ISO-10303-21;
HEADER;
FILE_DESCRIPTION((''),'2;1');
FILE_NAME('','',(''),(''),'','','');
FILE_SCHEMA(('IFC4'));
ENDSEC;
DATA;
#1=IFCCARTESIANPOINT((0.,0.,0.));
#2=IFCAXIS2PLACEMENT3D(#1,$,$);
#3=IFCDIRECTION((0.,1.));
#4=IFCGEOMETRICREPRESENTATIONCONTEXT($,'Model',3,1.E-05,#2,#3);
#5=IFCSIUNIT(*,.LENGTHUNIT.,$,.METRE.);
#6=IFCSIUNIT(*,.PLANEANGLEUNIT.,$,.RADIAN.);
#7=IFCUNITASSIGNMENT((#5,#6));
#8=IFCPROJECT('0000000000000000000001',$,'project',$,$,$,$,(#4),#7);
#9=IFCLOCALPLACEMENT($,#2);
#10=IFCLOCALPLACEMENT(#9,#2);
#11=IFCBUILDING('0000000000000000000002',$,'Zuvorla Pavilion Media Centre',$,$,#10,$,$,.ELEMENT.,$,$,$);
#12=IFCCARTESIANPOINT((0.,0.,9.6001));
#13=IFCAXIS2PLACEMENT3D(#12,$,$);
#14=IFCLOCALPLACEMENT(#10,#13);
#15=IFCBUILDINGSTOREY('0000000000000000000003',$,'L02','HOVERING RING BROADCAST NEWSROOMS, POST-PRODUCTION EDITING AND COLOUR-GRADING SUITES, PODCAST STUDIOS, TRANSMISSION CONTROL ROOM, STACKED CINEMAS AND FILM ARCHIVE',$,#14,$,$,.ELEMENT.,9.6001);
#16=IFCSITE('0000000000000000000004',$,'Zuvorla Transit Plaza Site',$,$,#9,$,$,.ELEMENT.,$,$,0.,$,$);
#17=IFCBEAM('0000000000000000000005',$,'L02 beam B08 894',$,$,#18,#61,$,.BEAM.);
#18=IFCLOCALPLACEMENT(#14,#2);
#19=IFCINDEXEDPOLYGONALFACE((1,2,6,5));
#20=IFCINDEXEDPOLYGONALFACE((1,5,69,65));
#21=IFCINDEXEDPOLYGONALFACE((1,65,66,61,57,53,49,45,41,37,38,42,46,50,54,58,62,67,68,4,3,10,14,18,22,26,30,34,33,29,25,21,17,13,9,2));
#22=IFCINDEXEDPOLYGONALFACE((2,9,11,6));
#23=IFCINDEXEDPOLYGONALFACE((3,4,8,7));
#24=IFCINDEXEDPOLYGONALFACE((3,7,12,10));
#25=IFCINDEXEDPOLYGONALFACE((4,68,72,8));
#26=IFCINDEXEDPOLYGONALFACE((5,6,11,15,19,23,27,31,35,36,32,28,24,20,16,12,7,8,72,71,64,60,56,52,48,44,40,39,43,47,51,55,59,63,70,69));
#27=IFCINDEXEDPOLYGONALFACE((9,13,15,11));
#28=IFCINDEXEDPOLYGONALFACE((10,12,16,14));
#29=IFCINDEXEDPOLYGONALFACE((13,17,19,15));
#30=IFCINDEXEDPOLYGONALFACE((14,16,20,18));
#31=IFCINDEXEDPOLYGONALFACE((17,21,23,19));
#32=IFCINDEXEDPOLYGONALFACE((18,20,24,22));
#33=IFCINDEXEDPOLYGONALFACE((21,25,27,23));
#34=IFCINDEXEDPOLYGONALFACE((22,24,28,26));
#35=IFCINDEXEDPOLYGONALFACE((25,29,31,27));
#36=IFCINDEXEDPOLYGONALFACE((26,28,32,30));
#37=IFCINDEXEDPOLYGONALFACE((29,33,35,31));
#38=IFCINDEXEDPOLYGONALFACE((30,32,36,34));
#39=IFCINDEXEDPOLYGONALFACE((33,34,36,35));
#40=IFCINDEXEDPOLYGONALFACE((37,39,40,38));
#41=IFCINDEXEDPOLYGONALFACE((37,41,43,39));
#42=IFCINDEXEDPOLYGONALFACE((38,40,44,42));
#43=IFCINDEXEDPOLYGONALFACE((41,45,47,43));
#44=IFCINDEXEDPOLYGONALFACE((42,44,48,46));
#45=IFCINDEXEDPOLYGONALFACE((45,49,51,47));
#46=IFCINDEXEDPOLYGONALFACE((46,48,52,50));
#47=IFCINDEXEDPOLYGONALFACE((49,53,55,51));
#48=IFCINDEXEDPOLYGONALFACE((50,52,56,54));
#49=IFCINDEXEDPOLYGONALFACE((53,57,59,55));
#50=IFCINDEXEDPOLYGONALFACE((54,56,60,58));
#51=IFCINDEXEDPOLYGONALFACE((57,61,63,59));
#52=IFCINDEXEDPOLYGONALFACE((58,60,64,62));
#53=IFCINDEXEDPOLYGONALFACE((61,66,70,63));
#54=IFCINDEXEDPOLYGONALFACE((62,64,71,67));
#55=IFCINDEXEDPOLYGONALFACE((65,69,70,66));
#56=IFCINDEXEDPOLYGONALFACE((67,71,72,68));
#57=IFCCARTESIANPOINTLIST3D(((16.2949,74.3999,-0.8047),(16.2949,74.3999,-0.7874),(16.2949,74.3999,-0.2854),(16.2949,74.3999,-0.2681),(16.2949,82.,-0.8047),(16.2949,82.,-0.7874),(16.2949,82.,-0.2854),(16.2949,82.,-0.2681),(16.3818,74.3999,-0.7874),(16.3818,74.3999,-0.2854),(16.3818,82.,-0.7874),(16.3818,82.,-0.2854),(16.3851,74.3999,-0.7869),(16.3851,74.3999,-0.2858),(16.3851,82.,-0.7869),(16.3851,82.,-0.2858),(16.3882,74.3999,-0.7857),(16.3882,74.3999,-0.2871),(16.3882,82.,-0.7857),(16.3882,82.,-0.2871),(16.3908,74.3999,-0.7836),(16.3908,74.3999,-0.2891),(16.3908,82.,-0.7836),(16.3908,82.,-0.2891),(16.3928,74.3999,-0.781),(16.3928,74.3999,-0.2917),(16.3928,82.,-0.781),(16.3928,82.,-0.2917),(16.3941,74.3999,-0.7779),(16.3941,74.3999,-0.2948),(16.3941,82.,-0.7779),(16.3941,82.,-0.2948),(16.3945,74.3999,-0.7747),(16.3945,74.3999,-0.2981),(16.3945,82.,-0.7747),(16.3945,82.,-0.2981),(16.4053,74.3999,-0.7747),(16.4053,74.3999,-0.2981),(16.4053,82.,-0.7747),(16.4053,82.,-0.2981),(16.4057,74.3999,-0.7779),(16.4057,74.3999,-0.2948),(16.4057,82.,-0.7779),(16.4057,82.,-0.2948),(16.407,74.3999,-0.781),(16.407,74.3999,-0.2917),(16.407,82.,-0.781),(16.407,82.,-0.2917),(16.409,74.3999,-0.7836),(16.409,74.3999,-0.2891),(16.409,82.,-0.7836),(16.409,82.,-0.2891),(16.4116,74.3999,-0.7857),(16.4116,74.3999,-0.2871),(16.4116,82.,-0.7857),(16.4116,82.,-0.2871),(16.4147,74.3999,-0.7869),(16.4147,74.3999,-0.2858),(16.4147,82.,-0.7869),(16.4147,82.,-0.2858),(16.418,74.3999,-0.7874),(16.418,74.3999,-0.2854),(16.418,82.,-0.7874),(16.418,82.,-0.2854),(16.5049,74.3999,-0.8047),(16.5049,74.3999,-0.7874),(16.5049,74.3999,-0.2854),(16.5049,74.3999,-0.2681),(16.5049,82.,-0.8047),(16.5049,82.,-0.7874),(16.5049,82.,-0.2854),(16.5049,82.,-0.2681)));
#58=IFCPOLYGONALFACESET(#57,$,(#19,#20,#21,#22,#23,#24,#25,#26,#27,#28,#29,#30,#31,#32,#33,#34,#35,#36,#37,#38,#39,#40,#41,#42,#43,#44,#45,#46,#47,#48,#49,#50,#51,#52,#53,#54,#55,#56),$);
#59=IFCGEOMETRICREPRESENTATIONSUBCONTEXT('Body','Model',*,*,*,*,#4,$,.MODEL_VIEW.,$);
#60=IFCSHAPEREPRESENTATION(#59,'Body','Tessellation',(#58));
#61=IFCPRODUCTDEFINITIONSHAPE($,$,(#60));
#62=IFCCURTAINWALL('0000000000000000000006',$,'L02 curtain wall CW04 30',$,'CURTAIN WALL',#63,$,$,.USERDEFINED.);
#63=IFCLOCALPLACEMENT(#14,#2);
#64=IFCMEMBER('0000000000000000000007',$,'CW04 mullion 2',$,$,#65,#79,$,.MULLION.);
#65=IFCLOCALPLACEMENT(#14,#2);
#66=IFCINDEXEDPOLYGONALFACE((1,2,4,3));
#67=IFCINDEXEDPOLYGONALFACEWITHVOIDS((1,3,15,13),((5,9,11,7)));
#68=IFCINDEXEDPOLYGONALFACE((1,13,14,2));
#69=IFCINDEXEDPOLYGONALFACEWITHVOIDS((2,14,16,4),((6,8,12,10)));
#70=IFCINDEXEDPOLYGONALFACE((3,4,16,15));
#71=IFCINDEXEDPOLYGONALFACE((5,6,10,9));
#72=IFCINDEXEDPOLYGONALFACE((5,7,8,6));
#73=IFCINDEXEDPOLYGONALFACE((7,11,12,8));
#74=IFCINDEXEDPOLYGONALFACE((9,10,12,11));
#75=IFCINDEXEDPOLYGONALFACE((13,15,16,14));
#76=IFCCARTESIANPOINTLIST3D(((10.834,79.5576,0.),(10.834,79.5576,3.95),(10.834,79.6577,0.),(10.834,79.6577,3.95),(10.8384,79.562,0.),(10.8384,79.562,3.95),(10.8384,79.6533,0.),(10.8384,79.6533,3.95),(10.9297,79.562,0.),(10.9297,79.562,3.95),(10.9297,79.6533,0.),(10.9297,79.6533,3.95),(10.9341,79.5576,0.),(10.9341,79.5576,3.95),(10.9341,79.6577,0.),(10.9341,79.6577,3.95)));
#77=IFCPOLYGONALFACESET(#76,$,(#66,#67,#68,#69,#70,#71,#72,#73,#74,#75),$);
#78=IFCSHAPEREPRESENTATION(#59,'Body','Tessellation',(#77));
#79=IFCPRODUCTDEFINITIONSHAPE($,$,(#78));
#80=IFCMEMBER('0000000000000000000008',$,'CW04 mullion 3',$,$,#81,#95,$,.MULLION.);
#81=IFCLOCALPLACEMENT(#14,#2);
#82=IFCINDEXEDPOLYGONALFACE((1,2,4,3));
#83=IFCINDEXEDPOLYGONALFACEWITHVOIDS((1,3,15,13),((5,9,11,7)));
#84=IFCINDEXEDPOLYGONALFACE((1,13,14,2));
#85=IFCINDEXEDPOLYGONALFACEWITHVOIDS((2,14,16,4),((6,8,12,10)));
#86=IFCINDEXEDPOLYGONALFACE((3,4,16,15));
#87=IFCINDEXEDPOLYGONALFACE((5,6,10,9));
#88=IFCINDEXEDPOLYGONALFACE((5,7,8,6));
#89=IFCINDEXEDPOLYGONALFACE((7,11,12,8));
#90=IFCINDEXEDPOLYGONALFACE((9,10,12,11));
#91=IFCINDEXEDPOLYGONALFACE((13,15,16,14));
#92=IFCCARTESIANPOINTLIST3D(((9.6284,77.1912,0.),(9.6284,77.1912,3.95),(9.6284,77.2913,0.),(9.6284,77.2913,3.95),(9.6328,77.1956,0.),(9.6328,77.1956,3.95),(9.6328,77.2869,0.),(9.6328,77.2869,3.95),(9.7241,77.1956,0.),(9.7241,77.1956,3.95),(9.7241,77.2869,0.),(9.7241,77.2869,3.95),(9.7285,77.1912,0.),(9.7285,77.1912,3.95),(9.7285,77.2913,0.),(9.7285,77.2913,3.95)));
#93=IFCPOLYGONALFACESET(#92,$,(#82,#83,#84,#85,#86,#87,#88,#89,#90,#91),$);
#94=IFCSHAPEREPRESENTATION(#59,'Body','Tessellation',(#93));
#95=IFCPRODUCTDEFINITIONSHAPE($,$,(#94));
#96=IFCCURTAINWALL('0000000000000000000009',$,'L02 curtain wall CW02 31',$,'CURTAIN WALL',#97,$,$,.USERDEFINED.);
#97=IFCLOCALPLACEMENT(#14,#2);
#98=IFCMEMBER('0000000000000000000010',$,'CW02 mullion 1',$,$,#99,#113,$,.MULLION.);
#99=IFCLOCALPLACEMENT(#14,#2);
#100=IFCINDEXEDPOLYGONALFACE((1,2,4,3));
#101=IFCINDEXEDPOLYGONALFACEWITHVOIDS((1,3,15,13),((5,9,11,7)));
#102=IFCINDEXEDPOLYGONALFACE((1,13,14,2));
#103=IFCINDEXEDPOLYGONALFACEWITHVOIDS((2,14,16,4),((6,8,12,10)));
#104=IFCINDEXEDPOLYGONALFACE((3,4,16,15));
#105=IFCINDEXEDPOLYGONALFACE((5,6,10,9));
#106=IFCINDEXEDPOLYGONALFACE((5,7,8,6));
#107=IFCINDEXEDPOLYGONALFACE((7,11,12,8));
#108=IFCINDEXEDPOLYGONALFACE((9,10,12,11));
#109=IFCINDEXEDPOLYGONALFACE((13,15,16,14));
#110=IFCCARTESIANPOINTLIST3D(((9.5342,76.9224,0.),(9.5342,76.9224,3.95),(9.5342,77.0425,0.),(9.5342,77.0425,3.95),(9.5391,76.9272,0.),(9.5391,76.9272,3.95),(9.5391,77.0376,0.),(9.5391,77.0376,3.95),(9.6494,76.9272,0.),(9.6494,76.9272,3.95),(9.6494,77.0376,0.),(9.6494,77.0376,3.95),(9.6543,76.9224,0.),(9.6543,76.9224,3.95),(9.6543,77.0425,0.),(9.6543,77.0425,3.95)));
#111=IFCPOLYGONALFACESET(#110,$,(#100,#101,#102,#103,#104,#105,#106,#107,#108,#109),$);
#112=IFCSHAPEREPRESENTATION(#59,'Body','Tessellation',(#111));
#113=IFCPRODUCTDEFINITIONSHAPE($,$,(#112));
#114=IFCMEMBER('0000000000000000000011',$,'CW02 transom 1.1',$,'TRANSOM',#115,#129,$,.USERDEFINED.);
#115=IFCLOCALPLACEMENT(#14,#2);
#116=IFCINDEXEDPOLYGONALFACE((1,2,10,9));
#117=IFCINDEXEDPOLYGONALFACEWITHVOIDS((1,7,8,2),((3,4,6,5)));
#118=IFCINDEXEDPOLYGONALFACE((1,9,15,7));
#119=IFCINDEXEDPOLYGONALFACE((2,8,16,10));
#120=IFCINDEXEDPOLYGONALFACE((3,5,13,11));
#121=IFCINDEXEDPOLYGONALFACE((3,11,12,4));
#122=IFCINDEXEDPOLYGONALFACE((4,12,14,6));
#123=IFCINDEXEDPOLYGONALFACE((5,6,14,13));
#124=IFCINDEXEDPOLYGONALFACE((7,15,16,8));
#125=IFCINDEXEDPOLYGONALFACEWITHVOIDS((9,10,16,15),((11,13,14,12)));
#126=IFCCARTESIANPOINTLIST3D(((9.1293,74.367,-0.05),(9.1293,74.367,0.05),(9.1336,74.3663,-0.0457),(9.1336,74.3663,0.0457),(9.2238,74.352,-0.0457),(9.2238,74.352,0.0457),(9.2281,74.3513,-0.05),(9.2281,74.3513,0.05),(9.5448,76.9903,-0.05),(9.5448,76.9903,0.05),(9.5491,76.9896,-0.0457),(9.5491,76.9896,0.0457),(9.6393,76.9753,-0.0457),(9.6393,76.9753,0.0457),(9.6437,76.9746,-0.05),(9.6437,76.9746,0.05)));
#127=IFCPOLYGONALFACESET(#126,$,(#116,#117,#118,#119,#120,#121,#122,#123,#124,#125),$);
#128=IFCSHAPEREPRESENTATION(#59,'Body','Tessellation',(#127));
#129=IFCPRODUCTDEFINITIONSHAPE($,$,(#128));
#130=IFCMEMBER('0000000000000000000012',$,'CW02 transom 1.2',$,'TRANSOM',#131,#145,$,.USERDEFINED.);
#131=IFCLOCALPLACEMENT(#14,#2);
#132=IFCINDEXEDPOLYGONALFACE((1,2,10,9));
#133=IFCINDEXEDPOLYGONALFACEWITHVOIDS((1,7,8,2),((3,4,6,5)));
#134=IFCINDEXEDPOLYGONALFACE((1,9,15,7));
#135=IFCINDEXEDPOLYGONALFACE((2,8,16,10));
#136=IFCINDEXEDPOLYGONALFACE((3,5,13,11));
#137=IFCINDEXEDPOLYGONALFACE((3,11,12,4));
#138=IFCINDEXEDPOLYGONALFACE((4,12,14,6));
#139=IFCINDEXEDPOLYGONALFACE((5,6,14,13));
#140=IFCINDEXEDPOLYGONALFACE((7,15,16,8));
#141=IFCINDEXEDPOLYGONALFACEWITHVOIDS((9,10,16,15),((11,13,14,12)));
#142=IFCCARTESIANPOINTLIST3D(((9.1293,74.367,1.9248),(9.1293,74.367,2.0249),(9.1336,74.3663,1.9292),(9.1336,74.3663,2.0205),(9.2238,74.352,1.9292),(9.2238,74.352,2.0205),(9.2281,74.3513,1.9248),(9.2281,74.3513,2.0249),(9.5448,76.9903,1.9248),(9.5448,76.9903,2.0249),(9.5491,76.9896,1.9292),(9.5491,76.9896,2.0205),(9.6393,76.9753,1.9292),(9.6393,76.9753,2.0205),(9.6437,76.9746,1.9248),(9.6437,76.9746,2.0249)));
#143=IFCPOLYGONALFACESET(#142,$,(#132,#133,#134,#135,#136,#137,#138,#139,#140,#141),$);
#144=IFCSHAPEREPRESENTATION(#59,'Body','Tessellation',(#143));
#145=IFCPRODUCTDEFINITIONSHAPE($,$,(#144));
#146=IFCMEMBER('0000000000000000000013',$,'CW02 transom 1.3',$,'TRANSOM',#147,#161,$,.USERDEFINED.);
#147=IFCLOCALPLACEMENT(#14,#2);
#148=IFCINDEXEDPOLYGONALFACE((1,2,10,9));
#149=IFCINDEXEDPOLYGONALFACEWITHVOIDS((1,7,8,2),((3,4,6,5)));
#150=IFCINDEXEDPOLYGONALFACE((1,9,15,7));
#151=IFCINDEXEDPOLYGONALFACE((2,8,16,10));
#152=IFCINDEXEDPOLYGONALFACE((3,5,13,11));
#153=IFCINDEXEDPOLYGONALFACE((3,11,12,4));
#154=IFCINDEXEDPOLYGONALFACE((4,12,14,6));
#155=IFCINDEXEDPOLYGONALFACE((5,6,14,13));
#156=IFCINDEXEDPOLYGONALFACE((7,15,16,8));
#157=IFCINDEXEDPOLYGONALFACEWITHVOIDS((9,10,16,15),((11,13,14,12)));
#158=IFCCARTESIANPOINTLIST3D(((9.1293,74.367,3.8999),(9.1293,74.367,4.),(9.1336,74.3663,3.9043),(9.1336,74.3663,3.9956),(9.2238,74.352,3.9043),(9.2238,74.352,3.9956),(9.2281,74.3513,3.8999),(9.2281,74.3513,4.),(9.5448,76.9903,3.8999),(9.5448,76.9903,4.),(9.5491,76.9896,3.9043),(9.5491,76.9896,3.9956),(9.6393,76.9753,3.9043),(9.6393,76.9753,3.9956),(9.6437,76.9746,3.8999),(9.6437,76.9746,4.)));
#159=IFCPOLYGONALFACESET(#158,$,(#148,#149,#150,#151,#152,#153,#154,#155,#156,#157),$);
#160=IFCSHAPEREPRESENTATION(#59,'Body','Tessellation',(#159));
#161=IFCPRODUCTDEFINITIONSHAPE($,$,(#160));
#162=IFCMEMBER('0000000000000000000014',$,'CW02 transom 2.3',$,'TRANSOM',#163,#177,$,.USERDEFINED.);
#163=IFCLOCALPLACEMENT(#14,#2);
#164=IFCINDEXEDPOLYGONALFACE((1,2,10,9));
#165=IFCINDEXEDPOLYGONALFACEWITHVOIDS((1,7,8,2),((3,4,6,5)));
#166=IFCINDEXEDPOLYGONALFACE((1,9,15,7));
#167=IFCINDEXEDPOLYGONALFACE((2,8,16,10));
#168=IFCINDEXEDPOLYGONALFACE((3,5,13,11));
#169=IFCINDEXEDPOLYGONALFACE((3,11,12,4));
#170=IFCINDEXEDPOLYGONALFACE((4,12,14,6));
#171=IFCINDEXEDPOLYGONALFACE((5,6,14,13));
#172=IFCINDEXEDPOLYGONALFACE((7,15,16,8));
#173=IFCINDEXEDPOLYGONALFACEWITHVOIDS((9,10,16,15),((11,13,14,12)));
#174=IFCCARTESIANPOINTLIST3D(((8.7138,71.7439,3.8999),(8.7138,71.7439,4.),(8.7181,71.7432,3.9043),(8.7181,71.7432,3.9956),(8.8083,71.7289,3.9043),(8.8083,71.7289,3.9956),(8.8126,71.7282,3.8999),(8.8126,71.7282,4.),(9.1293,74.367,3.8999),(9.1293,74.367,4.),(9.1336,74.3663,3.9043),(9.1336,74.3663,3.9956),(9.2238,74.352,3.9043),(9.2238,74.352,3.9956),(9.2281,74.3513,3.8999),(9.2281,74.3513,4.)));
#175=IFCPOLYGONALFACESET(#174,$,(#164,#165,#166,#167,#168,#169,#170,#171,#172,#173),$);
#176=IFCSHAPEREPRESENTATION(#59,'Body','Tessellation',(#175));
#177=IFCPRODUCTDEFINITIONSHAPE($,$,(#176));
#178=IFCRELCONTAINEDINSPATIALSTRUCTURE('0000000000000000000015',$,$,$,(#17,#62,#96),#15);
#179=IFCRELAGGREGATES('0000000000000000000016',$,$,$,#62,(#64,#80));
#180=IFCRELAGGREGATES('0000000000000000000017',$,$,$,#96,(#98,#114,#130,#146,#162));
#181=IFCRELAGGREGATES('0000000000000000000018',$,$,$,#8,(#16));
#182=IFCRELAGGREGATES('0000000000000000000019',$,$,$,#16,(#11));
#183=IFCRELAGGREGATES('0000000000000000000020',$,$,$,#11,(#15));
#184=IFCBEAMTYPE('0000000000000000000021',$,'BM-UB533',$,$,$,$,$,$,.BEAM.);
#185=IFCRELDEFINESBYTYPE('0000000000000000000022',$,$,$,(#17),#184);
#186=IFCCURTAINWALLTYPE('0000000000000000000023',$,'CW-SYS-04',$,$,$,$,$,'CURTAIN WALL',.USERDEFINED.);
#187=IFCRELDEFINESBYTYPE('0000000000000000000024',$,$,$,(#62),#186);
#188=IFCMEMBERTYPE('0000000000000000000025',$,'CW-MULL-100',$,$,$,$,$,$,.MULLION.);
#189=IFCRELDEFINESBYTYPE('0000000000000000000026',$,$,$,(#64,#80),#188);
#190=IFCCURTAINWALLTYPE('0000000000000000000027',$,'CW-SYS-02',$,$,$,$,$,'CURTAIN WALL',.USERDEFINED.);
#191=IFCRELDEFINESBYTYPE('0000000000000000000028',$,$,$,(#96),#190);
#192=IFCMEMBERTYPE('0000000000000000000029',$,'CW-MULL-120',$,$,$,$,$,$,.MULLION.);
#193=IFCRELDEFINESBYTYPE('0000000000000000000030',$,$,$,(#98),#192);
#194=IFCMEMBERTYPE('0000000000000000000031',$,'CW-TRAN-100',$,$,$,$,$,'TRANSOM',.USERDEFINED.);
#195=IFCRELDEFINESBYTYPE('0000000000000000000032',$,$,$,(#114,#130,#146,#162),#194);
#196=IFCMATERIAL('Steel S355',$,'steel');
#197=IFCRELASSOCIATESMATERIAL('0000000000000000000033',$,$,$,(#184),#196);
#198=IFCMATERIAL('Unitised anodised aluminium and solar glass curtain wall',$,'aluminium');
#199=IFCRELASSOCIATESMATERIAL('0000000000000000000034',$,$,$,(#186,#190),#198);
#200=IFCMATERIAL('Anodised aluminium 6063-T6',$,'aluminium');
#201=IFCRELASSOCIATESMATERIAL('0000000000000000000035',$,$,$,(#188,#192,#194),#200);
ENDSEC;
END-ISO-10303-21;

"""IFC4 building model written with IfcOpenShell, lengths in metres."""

from ifc_helpers import new_model, si_unit, direction, frame, origin, origin_2d, place, context, subcontext, project, spatial, hollow_rectangle, i_section, extrude, material, material_profile, profile_set, type_object, element, aggregate, save


model = new_model("IFC4")

# Units and contexts
model_context = context("Model", 3, precision=1e-05, world=origin(), true_north=direction((0.0, 1.0)))
body_context = subcontext(model_context, "Body", "Model", "MODEL_VIEW")
ifc_project = project(units=[si_unit("LENGTHUNIT", "METRE"), si_unit("PLANEANGLEUNIT", "RADIAN")], contexts=[model_context])

# Site, building, storey
site_placement = place(None, origin())
site = spatial("IfcSite", under=ifc_project, at=site_placement, Name="Zuvorla Transit Plaza Site", CompositionType="ELEMENT", RefElevation=0.0)
building_placement = place(site_placement, origin())
building = spatial("IfcBuilding", under=site, at=building_placement, Name="Zuvorla Pavilion Media Centre", CompositionType="ELEMENT")
storey_placement = place(building_placement, frame((0.0, 0.0, 9.6001)))
storey = spatial("IfcBuildingStorey", under=building, at=storey_placement, Name="L02", Description="HOVERING RING BROADCAST NEWSROOMS, POST-PRODUCTION EDITING AND COLOUR-GRADING SUITES, PODCAST STUDIOS, TRANSMISSION CONTROL ROOM, STACKED CINEMAS AND FILM ARCHIVE", CompositionType="ELEMENT", Elevation=9.6001)

# Shared definitions
ifc_material_1 = material(Name="Steel S355", Category="steel")

# Beam
ifc_material_profile_1 = material_profile(ifc_material_1, i_section(OverallWidth=0.21, OverallDepth=0.5366, WebThickness=0.0107, FlangeThickness=0.0173, FilletRadius=0.0127, at=origin_2d()), Name="UB 533x210x101")
ifc_profile_set_1 = profile_set([ifc_material_profile_1], Name="Steel S355")
beam_type_1 = type_object("IfcBeamType", Name="BM-UB533", PredefinedType="BEAM", material=ifc_profile_set_1)
beam_1_placement = place(storey_placement, frame((16.3999, 74.3999, -0.5364), z_axis=(0.0, 1.0, 0.0), x_axis=(-1.0, 0.0, 0.0)))
element("IfcBeam", 1, at=beam_1_placement, inside=storey, type_object=beam_type_1, Name="L02 beam B08 894", PredefinedType="BEAM", context=body_context, shape_type="SweptSolid", body=[
    extrude(i_section(OverallWidth=0.21, OverallDepth=0.5366, WebThickness=0.0107, FlangeThickness=0.0173, FilletRadius=0.0127, at=origin_2d()), origin(), (0.0, 0.0, 1.0), 7.6001),
])

# Curtain walls, members
ifc_material_2 = material(Name="Unitised anodised aluminium and solar glass curtain wall", Category="aluminium")
curtain_wall_type_1 = type_object("IfcCurtainWallType", Name="CW-SYS-04", ElementType="CURTAIN WALL", PredefinedType="USERDEFINED", material=ifc_material_2)
curtain_wall_1_placement = place(storey_placement, origin())
curtain_wall_1 = element("IfcCurtainWall", 2, at=curtain_wall_1_placement, inside=storey, type_object=curtain_wall_type_1, Name="L02 curtain wall CW04 30", ObjectType="CURTAIN WALL", PredefinedType="USERDEFINED")
ifc_material_3 = material(Name="Anodised aluminium 6063-T6", Category="aluminium")
ifc_material_profile_2 = material_profile(ifc_material_3, hollow_rectangle(XDim=0.1001, YDim=0.1001, WallThickness=0.0044, at=origin_2d()), Name="ALU MULL 100x100")
ifc_profile_set_2 = profile_set([ifc_material_profile_2], Name="Anodised aluminium 6063-T6")
member_type_1 = type_object("IfcMemberType", Name="CW-MULL-100", PredefinedType="MULLION", material=ifc_profile_set_2)
member_1_placement = place(storey_placement, frame((10.884, 79.6077, 0.0), z_axis=(0.0, 0.0, 1.0), x_axis=(1.0, 0.0, 0.0)))
member_1 = element("IfcMember", 3, at=member_1_placement, type_object=member_type_1, Name="CW04 mullion 2", PredefinedType="MULLION", context=body_context, shape_type="SweptSolid", body=[
    extrude(hollow_rectangle(XDim=0.1001, YDim=0.1001, WallThickness=0.0044, at=origin_2d()), origin(), (0.0, 0.0, 1.0), 3.95),
])
member_2_placement = place(storey_placement, frame((9.6785, 77.2412, 0.0), z_axis=(0.0, 0.0, 1.0), x_axis=(1.0, 0.0, 0.0)))
member_2 = element("IfcMember", 4, at=member_2_placement, type_object=member_type_1, Name="CW04 mullion 3", PredefinedType="MULLION", context=body_context, shape_type="SweptSolid", body=[
    extrude(hollow_rectangle(XDim=0.1001, YDim=0.1001, WallThickness=0.0044, at=origin_2d()), origin(), (0.0, 0.0, 1.0), 3.95),
])
curtain_wall_type_2 = type_object("IfcCurtainWallType", Name="CW-SYS-02", ElementType="CURTAIN WALL", PredefinedType="USERDEFINED", material=ifc_material_2)
curtain_wall_2_placement = place(storey_placement, origin())
curtain_wall_2 = element("IfcCurtainWall", 5, at=curtain_wall_2_placement, inside=storey, type_object=curtain_wall_type_2, Name="L02 curtain wall CW02 31", ObjectType="CURTAIN WALL", PredefinedType="USERDEFINED")
ifc_material_profile_3 = material_profile(ifc_material_3, hollow_rectangle(XDim=0.1201, YDim=0.1201, WallThickness=0.0049, at=origin_2d()), Name="ALU MULL 120x120")
ifc_profile_set_3 = profile_set([ifc_material_profile_3], Name="Anodised aluminium 6063-T6")
member_type_2 = type_object("IfcMemberType", Name="CW-MULL-120", PredefinedType="MULLION", material=ifc_profile_set_3)
member_3_placement = place(storey_placement, frame((9.5942, 76.9824, 0.0), z_axis=(0.0, 0.0, 1.0), x_axis=(1.0, 0.0, 0.0)))
member_3 = element("IfcMember", 6, at=member_3_placement, type_object=member_type_2, Name="CW02 mullion 1", PredefinedType="MULLION", context=body_context, shape_type="SweptSolid", body=[
    extrude(hollow_rectangle(XDim=0.1201, YDim=0.1201, WallThickness=0.0049, at=origin_2d()), origin(), (0.0, 0.0, 1.0), 3.95),
])
ifc_material_profile_4 = material_profile(ifc_material_3, hollow_rectangle(XDim=0.1001, YDim=0.1001, WallThickness=0.0044, at=origin_2d()), Name="ALU TRAN 100x100")
ifc_profile_set_4 = profile_set([ifc_material_profile_4], Name="Anodised aluminium 6063-T6")
member_type_3 = type_object("IfcMemberType", Name="CW-TRAN-100", ElementType="TRANSOM", PredefinedType="USERDEFINED", material=ifc_profile_set_4)
member_4_placement = place(storey_placement, frame((9.5942, 76.9824, 0.0), z_axis=(-0.156449, -0.987686, 0.0), x_axis=(0.987686, -0.156449, 0.0)))
member_4 = element("IfcMember", 7, at=member_4_placement, type_object=member_type_3, Name="CW02 transom 1.1", ObjectType="TRANSOM", PredefinedType="USERDEFINED", context=body_context, shape_type="SweptSolid", body=[
    extrude(hollow_rectangle(XDim=0.1001, YDim=0.1001, WallThickness=0.0044, at=origin_2d()), origin(), (0.0, 0.0, 1.0), 2.656),
])
member_5_placement = place(storey_placement, frame((9.5942, 76.9824, 1.9749), z_axis=(-0.156449, -0.987686, 0.0), x_axis=(0.987686, -0.156449, 0.0)))
member_5 = element("IfcMember", 8, at=member_5_placement, type_object=member_type_3, Name="CW02 transom 1.2", ObjectType="TRANSOM", PredefinedType="USERDEFINED", context=body_context, shape_type="SweptSolid", body=[
    extrude(hollow_rectangle(XDim=0.1001, YDim=0.1001, WallThickness=0.0044, at=origin_2d()), origin(), (0.0, 0.0, 1.0), 2.656),
])
member_6_placement = place(storey_placement, frame((9.5942, 76.9824, 3.95), z_axis=(-0.156449, -0.987686, 0.0), x_axis=(0.987686, -0.156449, 0.0)))
member_6 = element("IfcMember", 9, at=member_6_placement, type_object=member_type_3, Name="CW02 transom 1.3", ObjectType="TRANSOM", PredefinedType="USERDEFINED", context=body_context, shape_type="SweptSolid", body=[
    extrude(hollow_rectangle(XDim=0.1001, YDim=0.1001, WallThickness=0.0044, at=origin_2d()), origin(), (0.0, 0.0, 1.0), 2.656),
])
member_7_placement = place(storey_placement, frame((9.1787, 74.3591, 3.95), z_axis=(-0.156463, -0.987684, 0.0), x_axis=(0.987684, -0.156463, 0.0)))
member_7 = element("IfcMember", 10, at=member_7_placement, type_object=member_type_3, Name="CW02 transom 2.3", ObjectType="TRANSOM", PredefinedType="USERDEFINED", context=body_context, shape_type="SweptSolid", body=[
    extrude(hollow_rectangle(XDim=0.1001, YDim=0.1001, WallThickness=0.0044, at=origin_2d()), origin(), (0.0, 0.0, 1.0), 2.6558),
])

aggregate(curtain_wall_1, [member_1, member_2])
aggregate(curtain_wall_2, [member_3, member_4, member_5, member_6, member_7])

save(model, "model.ifc")
